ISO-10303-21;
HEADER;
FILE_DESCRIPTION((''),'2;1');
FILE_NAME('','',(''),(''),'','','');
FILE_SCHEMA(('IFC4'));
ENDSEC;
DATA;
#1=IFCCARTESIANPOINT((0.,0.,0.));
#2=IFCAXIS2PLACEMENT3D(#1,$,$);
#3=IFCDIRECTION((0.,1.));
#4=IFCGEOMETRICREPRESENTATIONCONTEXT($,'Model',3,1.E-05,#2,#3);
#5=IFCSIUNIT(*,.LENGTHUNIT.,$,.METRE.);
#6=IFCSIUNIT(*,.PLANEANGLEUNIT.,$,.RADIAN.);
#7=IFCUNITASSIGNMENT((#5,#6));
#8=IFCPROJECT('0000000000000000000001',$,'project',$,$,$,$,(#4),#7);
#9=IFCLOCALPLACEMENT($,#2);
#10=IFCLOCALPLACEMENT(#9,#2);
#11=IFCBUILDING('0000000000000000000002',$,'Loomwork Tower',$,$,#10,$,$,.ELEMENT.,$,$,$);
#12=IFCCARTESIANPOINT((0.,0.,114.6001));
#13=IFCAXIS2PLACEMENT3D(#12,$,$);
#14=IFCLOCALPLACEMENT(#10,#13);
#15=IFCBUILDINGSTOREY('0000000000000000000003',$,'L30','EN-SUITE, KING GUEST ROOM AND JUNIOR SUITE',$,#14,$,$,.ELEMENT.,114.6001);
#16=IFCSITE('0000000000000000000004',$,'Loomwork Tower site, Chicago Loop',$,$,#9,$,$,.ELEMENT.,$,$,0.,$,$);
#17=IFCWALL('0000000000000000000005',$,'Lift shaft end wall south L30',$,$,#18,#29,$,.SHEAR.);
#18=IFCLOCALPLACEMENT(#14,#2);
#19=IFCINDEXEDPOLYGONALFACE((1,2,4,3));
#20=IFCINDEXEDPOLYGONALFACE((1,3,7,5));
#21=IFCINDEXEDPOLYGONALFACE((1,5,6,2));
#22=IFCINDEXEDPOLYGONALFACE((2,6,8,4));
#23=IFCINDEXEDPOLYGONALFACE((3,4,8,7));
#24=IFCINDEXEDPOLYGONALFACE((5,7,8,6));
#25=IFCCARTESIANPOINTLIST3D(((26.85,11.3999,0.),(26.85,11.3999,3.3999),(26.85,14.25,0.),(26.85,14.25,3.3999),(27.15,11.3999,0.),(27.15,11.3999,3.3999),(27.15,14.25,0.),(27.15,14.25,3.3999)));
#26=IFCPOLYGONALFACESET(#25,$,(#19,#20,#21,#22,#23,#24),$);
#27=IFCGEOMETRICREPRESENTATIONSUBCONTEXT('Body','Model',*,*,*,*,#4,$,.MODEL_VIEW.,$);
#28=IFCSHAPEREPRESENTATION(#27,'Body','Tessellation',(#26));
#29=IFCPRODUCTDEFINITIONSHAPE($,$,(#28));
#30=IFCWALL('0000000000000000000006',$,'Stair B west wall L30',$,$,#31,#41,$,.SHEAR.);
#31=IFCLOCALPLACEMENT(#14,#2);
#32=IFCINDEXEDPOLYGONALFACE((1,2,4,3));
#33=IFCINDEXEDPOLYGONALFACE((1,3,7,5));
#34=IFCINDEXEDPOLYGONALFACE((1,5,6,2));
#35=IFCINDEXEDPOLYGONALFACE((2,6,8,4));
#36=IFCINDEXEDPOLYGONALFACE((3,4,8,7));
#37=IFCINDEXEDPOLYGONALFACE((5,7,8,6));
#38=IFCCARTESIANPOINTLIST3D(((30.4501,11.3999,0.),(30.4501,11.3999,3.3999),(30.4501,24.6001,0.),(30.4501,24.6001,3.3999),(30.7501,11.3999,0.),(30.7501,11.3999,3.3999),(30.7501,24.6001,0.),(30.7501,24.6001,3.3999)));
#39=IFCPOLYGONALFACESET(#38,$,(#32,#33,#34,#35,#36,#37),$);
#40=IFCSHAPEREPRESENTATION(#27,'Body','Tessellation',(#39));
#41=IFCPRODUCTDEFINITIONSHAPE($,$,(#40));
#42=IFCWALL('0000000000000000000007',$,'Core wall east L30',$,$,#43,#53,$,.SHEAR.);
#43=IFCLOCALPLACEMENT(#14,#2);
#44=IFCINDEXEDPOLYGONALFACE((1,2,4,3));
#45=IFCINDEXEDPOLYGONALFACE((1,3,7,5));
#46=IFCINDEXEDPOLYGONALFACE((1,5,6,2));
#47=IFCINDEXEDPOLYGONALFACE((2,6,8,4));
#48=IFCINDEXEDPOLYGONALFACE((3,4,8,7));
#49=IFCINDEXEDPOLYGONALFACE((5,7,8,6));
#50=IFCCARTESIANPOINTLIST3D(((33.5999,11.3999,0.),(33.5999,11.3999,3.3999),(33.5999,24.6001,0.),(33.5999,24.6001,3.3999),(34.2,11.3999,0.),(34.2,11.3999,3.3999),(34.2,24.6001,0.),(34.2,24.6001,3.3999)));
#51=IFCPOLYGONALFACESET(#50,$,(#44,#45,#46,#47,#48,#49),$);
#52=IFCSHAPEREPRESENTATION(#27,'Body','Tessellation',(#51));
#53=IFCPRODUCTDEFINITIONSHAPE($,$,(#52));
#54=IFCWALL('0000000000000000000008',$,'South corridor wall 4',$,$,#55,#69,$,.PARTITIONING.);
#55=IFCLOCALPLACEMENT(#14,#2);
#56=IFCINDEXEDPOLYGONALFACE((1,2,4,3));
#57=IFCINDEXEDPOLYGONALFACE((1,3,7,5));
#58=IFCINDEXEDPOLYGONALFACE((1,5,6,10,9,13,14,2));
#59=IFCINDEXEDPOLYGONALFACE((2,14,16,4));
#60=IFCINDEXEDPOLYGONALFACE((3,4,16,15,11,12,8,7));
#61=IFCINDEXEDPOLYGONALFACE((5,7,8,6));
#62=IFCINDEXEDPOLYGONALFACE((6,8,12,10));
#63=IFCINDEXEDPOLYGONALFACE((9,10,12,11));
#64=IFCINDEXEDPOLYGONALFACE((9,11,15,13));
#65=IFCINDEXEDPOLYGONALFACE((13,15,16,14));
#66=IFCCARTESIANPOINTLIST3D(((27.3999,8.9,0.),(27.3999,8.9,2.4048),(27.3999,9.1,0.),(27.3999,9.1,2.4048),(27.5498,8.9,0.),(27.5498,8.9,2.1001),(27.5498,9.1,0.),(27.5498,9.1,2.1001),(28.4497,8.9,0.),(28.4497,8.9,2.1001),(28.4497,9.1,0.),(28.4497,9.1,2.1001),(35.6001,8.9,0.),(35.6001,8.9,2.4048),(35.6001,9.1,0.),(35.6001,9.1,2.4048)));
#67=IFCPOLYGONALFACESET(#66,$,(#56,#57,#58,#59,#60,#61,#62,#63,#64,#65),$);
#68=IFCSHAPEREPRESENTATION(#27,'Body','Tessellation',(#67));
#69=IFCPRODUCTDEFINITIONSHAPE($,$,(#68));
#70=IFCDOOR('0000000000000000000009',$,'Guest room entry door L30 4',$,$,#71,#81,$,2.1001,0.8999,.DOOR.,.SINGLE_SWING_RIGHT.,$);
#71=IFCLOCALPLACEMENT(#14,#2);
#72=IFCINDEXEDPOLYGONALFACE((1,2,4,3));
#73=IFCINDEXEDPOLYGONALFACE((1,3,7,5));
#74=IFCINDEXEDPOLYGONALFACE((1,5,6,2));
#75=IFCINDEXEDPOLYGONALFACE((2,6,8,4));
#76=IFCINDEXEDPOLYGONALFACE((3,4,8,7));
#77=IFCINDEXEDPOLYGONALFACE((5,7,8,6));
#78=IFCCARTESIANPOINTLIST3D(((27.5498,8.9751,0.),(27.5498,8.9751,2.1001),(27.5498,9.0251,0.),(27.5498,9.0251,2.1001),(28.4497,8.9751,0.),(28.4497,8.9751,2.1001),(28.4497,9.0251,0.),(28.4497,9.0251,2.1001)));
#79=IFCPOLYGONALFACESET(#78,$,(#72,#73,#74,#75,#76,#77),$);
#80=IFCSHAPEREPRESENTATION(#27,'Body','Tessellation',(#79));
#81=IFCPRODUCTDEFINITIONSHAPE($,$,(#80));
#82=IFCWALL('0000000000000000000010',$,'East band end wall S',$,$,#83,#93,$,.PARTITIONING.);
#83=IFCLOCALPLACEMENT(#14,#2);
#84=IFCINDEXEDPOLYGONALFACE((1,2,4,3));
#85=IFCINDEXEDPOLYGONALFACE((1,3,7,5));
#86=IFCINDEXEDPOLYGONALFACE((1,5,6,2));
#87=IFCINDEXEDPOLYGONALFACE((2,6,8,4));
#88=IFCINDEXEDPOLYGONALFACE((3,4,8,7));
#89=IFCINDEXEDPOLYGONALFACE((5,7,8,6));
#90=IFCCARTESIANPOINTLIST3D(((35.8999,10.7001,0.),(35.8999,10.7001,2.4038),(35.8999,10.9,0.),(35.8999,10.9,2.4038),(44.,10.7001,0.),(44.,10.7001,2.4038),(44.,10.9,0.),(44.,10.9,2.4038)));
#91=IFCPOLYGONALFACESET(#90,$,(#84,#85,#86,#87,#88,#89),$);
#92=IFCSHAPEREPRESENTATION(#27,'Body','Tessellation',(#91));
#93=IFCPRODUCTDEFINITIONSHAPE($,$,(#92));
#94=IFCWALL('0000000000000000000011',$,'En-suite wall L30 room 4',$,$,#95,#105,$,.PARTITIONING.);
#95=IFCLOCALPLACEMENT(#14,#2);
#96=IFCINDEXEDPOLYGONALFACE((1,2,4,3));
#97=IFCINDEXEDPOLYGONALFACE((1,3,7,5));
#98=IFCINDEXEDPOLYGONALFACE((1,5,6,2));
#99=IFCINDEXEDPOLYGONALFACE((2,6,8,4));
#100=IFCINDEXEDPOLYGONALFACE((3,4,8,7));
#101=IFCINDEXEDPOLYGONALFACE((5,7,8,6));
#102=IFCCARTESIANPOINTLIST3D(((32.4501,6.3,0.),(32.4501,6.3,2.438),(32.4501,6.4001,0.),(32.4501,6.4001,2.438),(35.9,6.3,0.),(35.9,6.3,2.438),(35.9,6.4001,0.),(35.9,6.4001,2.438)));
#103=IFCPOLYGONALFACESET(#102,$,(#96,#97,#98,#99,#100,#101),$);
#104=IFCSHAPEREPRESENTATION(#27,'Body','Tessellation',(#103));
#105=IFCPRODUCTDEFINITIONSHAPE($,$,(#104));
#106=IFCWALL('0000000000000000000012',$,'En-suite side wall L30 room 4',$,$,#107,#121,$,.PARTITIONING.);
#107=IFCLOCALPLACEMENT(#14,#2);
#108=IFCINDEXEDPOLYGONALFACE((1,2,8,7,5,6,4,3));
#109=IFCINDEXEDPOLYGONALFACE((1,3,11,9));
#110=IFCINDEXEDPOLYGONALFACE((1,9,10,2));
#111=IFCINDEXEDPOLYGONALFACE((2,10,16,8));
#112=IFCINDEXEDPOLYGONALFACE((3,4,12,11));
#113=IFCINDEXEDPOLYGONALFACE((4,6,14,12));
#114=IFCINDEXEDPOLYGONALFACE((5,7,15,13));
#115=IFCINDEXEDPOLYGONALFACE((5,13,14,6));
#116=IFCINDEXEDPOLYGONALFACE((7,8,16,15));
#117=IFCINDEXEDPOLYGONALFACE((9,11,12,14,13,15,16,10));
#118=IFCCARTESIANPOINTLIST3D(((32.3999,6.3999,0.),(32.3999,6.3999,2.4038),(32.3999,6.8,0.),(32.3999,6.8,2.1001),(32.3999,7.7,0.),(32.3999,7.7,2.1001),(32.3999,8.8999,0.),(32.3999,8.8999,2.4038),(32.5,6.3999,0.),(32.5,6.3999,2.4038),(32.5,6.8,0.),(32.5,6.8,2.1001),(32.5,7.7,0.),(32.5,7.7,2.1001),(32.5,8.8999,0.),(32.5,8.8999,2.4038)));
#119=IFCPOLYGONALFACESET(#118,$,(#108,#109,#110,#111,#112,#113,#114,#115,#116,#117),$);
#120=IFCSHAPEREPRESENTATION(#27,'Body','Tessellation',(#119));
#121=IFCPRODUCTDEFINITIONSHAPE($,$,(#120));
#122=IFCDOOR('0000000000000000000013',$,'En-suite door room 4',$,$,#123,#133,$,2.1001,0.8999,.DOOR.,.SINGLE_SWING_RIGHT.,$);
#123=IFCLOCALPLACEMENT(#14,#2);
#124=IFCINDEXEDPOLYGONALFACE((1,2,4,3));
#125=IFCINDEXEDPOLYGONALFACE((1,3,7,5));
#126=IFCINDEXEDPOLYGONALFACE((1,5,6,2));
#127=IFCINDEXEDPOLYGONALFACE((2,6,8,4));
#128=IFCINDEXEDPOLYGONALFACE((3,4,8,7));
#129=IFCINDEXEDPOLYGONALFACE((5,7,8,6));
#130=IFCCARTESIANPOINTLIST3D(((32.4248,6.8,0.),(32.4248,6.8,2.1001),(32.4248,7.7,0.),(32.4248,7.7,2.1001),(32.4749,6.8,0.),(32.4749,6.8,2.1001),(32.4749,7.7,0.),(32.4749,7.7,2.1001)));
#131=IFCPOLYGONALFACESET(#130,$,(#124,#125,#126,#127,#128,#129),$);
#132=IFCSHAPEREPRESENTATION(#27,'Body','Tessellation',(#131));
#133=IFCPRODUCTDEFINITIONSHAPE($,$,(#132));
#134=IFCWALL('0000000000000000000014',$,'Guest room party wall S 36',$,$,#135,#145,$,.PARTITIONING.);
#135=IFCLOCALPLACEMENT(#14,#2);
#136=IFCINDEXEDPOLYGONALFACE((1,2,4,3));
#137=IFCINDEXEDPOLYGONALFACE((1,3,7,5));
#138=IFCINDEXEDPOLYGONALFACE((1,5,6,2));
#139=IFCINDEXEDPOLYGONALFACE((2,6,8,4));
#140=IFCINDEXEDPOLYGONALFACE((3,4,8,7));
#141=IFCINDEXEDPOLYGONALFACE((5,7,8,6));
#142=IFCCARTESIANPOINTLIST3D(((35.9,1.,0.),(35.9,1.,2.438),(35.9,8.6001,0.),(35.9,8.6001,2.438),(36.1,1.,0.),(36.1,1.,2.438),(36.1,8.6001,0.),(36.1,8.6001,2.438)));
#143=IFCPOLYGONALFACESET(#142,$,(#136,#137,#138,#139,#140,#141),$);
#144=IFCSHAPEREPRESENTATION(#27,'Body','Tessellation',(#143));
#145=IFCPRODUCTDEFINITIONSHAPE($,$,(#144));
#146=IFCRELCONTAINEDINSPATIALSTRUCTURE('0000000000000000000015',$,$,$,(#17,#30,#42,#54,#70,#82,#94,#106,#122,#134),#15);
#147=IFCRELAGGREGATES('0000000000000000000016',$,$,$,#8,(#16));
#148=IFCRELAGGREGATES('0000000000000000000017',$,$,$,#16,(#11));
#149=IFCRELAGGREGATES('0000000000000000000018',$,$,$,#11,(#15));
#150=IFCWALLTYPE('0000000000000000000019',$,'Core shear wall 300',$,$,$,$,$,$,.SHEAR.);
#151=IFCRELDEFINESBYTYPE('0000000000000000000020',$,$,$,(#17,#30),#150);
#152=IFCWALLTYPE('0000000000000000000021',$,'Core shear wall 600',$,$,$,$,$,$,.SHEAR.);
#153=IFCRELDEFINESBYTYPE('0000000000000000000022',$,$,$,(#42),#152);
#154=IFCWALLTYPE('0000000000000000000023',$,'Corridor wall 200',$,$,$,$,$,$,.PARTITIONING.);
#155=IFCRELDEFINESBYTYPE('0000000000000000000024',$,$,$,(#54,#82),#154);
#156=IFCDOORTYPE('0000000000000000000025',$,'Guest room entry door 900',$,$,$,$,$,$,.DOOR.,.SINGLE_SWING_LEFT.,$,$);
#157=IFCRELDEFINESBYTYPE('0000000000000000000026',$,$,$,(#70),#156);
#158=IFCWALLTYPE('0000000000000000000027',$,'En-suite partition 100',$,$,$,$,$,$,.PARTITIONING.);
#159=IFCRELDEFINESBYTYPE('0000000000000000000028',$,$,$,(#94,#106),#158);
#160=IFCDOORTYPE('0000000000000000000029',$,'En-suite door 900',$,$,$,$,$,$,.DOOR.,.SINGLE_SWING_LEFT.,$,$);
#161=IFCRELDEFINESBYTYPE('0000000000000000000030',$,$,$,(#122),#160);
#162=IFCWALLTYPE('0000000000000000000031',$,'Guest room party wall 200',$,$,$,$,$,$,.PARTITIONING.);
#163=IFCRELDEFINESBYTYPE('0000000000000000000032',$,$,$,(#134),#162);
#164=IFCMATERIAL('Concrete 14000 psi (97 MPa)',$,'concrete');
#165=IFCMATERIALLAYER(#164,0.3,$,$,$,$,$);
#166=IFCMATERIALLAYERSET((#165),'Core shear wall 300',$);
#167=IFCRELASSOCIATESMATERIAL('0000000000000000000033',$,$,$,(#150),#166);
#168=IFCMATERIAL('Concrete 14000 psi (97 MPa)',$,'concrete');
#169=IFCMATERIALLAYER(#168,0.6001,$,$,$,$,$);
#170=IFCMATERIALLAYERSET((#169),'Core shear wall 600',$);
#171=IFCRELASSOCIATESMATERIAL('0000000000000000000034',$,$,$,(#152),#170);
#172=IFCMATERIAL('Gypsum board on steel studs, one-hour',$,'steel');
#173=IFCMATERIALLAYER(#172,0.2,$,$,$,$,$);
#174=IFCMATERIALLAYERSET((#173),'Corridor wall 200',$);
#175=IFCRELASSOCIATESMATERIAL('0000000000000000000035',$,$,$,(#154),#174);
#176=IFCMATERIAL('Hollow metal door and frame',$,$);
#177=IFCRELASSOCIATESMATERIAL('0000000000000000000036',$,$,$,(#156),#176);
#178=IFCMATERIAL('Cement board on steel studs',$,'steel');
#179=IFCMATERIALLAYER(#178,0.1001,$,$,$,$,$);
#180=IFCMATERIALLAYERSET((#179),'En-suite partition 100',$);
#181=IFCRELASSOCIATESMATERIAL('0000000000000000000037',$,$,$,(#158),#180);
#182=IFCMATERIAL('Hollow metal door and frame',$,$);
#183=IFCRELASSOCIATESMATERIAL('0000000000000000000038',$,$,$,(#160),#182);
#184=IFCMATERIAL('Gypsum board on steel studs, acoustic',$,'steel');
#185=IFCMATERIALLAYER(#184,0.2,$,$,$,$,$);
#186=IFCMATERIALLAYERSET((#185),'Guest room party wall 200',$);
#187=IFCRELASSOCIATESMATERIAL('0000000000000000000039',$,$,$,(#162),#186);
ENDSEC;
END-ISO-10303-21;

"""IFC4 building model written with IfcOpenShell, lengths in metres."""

from ifc_helpers import new_model, si_unit, direction, frame, frame_2d, origin, place, context, subcontext, project, spatial, rectangle, extrude, material, layer, layer_set, type_object, element, fill, save


model = new_model("IFC4")

# Units and contexts
model_context = context("Model", 3, precision=1e-05, world=origin(), true_north=direction((0.0, 1.0)))
body_context = subcontext(model_context, "Body", "Model", "MODEL_VIEW")
ifc_project = project(units=[si_unit("LENGTHUNIT", "METRE"), si_unit("PLANEANGLEUNIT", "RADIAN")], contexts=[model_context])

# Site, building, storey
site_placement = place(None, origin())
site = spatial("IfcSite", under=ifc_project, at=site_placement, Name="Loomwork Tower site, Chicago Loop", CompositionType="ELEMENT", RefElevation=0.0)
building_placement = place(site_placement, origin())
building = spatial("IfcBuilding", under=site, at=building_placement, Name="Loomwork Tower", CompositionType="ELEMENT")
storey_placement = place(building_placement, frame((0.0, 0.0, 114.6001)))
storey = spatial("IfcBuildingStorey", under=building, at=storey_placement, Name="L30", Description="EN-SUITE, KING GUEST ROOM AND JUNIOR SUITE", CompositionType="ELEMENT", Elevation=114.6001)

# Walls
ifc_material_1 = material(Name="Concrete 14000 psi (97 MPa)", Category="concrete")
ifc_layer_1 = layer(ifc_material_1, 0.3)
ifc_layer_set_1 = layer_set([ifc_layer_1], Name="Core shear wall 300")
wall_type_1 = type_object("IfcWallType", Name="Core shear wall 300", PredefinedType="SHEAR", material=ifc_layer_set_1)
wall_1_placement = place(storey_placement, frame((27.0, 11.3999, 0.0), z_axis=(0.0, 0.0, 1.0), x_axis=(0.0, 1.0, 0.0)))
element("IfcWall", 1, at=wall_1_placement, inside=storey, type_object=wall_type_1, Name="Lift shaft end wall south L30", PredefinedType="SHEAR", context=body_context, shape_type="SweptSolid", body=[
    extrude(rectangle(XDim=2.8501, YDim=0.3, at=frame_2d((1.425, 0.0))), origin(), (0.0, 0.0, 1.0), 3.3999),
])
wall_2_placement = place(storey_placement, frame((30.6001, 11.3999, 0.0), z_axis=(0.0, 0.0, 1.0), x_axis=(0.0, 1.0, 0.0)))
element("IfcWall", 2, at=wall_2_placement, inside=storey, type_object=wall_type_1, Name="Stair B west wall L30", PredefinedType="SHEAR", context=body_context, shape_type="SweptSolid", body=[
    extrude(rectangle(XDim=13.2002, YDim=0.3, at=frame_2d((6.6001, 0.0))), origin(), (0.0, 0.0, 1.0), 3.3999),
])
ifc_material_2 = material(Name="Concrete 14000 psi (97 MPa)", Category="concrete")
ifc_layer_2 = layer(ifc_material_2, 0.6001)
ifc_layer_set_2 = layer_set([ifc_layer_2], Name="Core shear wall 600")
wall_type_2 = type_object("IfcWallType", Name="Core shear wall 600", PredefinedType="SHEAR", material=ifc_layer_set_2)
wall_3_placement = place(storey_placement, frame((33.8999, 11.3999, 0.0), z_axis=(0.0, 0.0, 1.0), x_axis=(0.0, 1.0, 0.0)))
element("IfcWall", 3, at=wall_3_placement, inside=storey, type_object=wall_type_2, Name="Core wall east L30", PredefinedType="SHEAR", context=body_context, shape_type="SweptSolid", body=[
    extrude(rectangle(XDim=13.2002, YDim=0.6001, at=frame_2d((6.6001, 0.0))), origin(), (0.0, 0.0, 1.0), 3.3999),
])

# Wall, opening, door
ifc_material_3 = material(Name="Gypsum board on steel studs, one-hour", Category="steel")
ifc_layer_3 = layer(ifc_material_3, 0.2)
ifc_layer_set_3 = layer_set([ifc_layer_3], Name="Corridor wall 200")
wall_type_3 = type_object("IfcWallType", Name="Corridor wall 200", PredefinedType="PARTITIONING", material=ifc_layer_set_3)
wall_4_placement = place(storey_placement, frame((27.3999, 9.0, 0.0), z_axis=(0.0, 0.0, 1.0), x_axis=(1.0, 0.0, 0.0)))
wall_4 = element("IfcWall", 4, at=wall_4_placement, inside=storey, type_object=wall_type_3, Name="South corridor wall 4", PredefinedType="PARTITIONING", context=body_context, shape_type="SweptSolid", body=[
    extrude(rectangle(XDim=8.2002, YDim=0.2, at=frame_2d((4.1001, 0.0))), origin(), (0.0, 0.0, 1.0), 2.4048),
])
opening_1_placement = place(wall_4_placement, frame((0.1499, 0.0, 0.0)))
opening_1 = element("IfcOpeningElement", 5, at=opening_1_placement, cuts=wall_4, PredefinedType="OPENING", context=body_context, shape_type="SweptSolid", body=[
    extrude(rectangle(XDim=0.8999, YDim=2.1001, at=frame_2d((0.45, 1.05))), frame((0.0, 0.1099, 0.0), z_axis=(0.0, -1.0, 0.0), x_axis=(1.0, 0.0, 0.0)), (0.0, 0.0, 1.0), 0.22),
])
ifc_material_4 = material(Name="Hollow metal door and frame")
door_type_1 = type_object("IfcDoorType", Name="Guest room entry door 900", OperationType="SINGLE_SWING_LEFT", PredefinedType="DOOR", material=ifc_material_4)
door_1_placement = place(opening_1_placement, frame((0.8999, 0.0, 0.0), z_axis=(0.0, 0.0, 1.0), x_axis=(-1.0, 0.0, 0.0)))
door_1 = element("IfcDoor", 6, at=door_1_placement, inside=storey, type_object=door_type_1, Name="Guest room entry door L30 4", OperationType="SINGLE_SWING_RIGHT", OverallHeight=2.1001, OverallWidth=0.8999, PredefinedType="DOOR", context=body_context, shape_type="SweptSolid", body=[
    extrude(rectangle(XDim=0.8999, YDim=2.1001, at=frame_2d((0.45, 1.05))), frame((0.0, 0.0249, 0.0), z_axis=(0.0, -1.0, 0.0), x_axis=(1.0, 0.0, 0.0)), (0.0, 0.0, 1.0), 0.05),
])
fill(opening_1, door_1)

# Walls
wall_5_placement = place(storey_placement, frame((35.8999, 10.8, 0.0), z_axis=(0.0, 0.0, 1.0), x_axis=(1.0, 0.0, 0.0)))
element("IfcWall", 7, at=wall_5_placement, inside=storey, type_object=wall_type_3, Name="East band end wall S", PredefinedType="PARTITIONING", context=body_context, shape_type="SweptSolid", body=[
    extrude(rectangle(XDim=8.1001, YDim=0.2, at=frame_2d((4.05, 0.0))), origin(), (0.0, 0.0, 1.0), 2.4038),
])
ifc_material_5 = material(Name="Cement board on steel studs", Category="steel")
ifc_layer_4 = layer(ifc_material_5, 0.1001)
ifc_layer_set_4 = layer_set([ifc_layer_4], Name="En-suite partition 100")
wall_type_4 = type_object("IfcWallType", Name="En-suite partition 100", PredefinedType="PARTITIONING", material=ifc_layer_set_4)
wall_6_placement = place(storey_placement, frame((32.45, 6.3501, 0.0), z_axis=(0.0, 0.0, 1.0), x_axis=(1.0, 0.0, 0.0)))
element("IfcWall", 8, at=wall_6_placement, inside=storey, type_object=wall_type_4, Name="En-suite wall L30 room 4", PredefinedType="PARTITIONING", context=body_context, shape_type="SweptSolid", body=[
    extrude(rectangle(XDim=3.45, YDim=0.1001, at=frame_2d((1.7251, 0.0))), origin(), (0.0, 0.0, 1.0), 2.438),
])

# Wall, opening, door
wall_7_placement = place(storey_placement, frame((32.45, 8.8999, 0.0), z_axis=(0.0, 0.0, 1.0), x_axis=(0.0, -1.0, 0.0)))
wall_7 = element("IfcWall", 9, at=wall_7_placement, inside=storey, type_object=wall_type_4, Name="En-suite side wall L30 room 4", PredefinedType="PARTITIONING", context=body_context, shape_type="SweptSolid", body=[
    extrude(rectangle(XDim=2.5, YDim=0.1001, at=frame_2d((1.25, 0.0))), origin(), (0.0, 0.0, 1.0), 2.4038),
])
opening_2_placement = place(wall_7_placement, frame((1.2, 0.0, 0.0)))
opening_2 = element("IfcOpeningElement", 10, at=opening_2_placement, cuts=wall_7, PredefinedType="OPENING", context=body_context, shape_type="SweptSolid", body=[
    extrude(rectangle(XDim=0.8999, YDim=2.1001, at=frame_2d((0.45, 1.05))), frame((0.0, 0.0601, 0.0), z_axis=(0.0, -1.0, 0.0), x_axis=(1.0, 0.0, 0.0)), (0.0, 0.0, 1.0), 0.1201),
])
ifc_material_6 = material(Name="Hollow metal door and frame")
door_type_2 = type_object("IfcDoorType", Name="En-suite door 900", OperationType="SINGLE_SWING_LEFT", PredefinedType="DOOR", material=ifc_material_6)
door_2_placement = place(opening_2_placement, origin())
door_2 = element("IfcDoor", 11, at=door_2_placement, inside=storey, type_object=door_type_2, Name="En-suite door room 4", OperationType="SINGLE_SWING_RIGHT", OverallHeight=2.1001, OverallWidth=0.8999, PredefinedType="DOOR", context=body_context, shape_type="SweptSolid", body=[
    extrude(rectangle(XDim=0.8999, YDim=2.1001, at=frame_2d((0.45, 1.05))), frame((0.0, 0.0249, 0.0), z_axis=(0.0, -1.0, 0.0), x_axis=(1.0, 0.0, 0.0)), (0.0, 0.0, 1.0), 0.05),
])
fill(opening_2, door_2)

# Wall
ifc_material_7 = material(Name="Gypsum board on steel studs, acoustic", Category="steel")
ifc_layer_5 = layer(ifc_material_7, 0.2)
ifc_layer_set_5 = layer_set([ifc_layer_5], Name="Guest room party wall 200")
wall_type_5 = type_object("IfcWallType", Name="Guest room party wall 200", PredefinedType="PARTITIONING", material=ifc_layer_set_5)
wall_8_placement = place(storey_placement, frame((36.0, 8.6001, 0.0), z_axis=(0.0, 0.0, 1.0), x_axis=(0.0, -1.0, 0.0)))
element("IfcWall", 12, at=wall_8_placement, inside=storey, type_object=wall_type_5, Name="Guest room party wall S 36", PredefinedType="PARTITIONING", context=body_context, shape_type="SweptSolid", body=[
    extrude(rectangle(XDim=7.6001, YDim=0.2, at=frame_2d((3.8, 0.0))), origin(), (0.0, 0.0, 1.0), 2.438),
])

save(model, "model.ifc")
